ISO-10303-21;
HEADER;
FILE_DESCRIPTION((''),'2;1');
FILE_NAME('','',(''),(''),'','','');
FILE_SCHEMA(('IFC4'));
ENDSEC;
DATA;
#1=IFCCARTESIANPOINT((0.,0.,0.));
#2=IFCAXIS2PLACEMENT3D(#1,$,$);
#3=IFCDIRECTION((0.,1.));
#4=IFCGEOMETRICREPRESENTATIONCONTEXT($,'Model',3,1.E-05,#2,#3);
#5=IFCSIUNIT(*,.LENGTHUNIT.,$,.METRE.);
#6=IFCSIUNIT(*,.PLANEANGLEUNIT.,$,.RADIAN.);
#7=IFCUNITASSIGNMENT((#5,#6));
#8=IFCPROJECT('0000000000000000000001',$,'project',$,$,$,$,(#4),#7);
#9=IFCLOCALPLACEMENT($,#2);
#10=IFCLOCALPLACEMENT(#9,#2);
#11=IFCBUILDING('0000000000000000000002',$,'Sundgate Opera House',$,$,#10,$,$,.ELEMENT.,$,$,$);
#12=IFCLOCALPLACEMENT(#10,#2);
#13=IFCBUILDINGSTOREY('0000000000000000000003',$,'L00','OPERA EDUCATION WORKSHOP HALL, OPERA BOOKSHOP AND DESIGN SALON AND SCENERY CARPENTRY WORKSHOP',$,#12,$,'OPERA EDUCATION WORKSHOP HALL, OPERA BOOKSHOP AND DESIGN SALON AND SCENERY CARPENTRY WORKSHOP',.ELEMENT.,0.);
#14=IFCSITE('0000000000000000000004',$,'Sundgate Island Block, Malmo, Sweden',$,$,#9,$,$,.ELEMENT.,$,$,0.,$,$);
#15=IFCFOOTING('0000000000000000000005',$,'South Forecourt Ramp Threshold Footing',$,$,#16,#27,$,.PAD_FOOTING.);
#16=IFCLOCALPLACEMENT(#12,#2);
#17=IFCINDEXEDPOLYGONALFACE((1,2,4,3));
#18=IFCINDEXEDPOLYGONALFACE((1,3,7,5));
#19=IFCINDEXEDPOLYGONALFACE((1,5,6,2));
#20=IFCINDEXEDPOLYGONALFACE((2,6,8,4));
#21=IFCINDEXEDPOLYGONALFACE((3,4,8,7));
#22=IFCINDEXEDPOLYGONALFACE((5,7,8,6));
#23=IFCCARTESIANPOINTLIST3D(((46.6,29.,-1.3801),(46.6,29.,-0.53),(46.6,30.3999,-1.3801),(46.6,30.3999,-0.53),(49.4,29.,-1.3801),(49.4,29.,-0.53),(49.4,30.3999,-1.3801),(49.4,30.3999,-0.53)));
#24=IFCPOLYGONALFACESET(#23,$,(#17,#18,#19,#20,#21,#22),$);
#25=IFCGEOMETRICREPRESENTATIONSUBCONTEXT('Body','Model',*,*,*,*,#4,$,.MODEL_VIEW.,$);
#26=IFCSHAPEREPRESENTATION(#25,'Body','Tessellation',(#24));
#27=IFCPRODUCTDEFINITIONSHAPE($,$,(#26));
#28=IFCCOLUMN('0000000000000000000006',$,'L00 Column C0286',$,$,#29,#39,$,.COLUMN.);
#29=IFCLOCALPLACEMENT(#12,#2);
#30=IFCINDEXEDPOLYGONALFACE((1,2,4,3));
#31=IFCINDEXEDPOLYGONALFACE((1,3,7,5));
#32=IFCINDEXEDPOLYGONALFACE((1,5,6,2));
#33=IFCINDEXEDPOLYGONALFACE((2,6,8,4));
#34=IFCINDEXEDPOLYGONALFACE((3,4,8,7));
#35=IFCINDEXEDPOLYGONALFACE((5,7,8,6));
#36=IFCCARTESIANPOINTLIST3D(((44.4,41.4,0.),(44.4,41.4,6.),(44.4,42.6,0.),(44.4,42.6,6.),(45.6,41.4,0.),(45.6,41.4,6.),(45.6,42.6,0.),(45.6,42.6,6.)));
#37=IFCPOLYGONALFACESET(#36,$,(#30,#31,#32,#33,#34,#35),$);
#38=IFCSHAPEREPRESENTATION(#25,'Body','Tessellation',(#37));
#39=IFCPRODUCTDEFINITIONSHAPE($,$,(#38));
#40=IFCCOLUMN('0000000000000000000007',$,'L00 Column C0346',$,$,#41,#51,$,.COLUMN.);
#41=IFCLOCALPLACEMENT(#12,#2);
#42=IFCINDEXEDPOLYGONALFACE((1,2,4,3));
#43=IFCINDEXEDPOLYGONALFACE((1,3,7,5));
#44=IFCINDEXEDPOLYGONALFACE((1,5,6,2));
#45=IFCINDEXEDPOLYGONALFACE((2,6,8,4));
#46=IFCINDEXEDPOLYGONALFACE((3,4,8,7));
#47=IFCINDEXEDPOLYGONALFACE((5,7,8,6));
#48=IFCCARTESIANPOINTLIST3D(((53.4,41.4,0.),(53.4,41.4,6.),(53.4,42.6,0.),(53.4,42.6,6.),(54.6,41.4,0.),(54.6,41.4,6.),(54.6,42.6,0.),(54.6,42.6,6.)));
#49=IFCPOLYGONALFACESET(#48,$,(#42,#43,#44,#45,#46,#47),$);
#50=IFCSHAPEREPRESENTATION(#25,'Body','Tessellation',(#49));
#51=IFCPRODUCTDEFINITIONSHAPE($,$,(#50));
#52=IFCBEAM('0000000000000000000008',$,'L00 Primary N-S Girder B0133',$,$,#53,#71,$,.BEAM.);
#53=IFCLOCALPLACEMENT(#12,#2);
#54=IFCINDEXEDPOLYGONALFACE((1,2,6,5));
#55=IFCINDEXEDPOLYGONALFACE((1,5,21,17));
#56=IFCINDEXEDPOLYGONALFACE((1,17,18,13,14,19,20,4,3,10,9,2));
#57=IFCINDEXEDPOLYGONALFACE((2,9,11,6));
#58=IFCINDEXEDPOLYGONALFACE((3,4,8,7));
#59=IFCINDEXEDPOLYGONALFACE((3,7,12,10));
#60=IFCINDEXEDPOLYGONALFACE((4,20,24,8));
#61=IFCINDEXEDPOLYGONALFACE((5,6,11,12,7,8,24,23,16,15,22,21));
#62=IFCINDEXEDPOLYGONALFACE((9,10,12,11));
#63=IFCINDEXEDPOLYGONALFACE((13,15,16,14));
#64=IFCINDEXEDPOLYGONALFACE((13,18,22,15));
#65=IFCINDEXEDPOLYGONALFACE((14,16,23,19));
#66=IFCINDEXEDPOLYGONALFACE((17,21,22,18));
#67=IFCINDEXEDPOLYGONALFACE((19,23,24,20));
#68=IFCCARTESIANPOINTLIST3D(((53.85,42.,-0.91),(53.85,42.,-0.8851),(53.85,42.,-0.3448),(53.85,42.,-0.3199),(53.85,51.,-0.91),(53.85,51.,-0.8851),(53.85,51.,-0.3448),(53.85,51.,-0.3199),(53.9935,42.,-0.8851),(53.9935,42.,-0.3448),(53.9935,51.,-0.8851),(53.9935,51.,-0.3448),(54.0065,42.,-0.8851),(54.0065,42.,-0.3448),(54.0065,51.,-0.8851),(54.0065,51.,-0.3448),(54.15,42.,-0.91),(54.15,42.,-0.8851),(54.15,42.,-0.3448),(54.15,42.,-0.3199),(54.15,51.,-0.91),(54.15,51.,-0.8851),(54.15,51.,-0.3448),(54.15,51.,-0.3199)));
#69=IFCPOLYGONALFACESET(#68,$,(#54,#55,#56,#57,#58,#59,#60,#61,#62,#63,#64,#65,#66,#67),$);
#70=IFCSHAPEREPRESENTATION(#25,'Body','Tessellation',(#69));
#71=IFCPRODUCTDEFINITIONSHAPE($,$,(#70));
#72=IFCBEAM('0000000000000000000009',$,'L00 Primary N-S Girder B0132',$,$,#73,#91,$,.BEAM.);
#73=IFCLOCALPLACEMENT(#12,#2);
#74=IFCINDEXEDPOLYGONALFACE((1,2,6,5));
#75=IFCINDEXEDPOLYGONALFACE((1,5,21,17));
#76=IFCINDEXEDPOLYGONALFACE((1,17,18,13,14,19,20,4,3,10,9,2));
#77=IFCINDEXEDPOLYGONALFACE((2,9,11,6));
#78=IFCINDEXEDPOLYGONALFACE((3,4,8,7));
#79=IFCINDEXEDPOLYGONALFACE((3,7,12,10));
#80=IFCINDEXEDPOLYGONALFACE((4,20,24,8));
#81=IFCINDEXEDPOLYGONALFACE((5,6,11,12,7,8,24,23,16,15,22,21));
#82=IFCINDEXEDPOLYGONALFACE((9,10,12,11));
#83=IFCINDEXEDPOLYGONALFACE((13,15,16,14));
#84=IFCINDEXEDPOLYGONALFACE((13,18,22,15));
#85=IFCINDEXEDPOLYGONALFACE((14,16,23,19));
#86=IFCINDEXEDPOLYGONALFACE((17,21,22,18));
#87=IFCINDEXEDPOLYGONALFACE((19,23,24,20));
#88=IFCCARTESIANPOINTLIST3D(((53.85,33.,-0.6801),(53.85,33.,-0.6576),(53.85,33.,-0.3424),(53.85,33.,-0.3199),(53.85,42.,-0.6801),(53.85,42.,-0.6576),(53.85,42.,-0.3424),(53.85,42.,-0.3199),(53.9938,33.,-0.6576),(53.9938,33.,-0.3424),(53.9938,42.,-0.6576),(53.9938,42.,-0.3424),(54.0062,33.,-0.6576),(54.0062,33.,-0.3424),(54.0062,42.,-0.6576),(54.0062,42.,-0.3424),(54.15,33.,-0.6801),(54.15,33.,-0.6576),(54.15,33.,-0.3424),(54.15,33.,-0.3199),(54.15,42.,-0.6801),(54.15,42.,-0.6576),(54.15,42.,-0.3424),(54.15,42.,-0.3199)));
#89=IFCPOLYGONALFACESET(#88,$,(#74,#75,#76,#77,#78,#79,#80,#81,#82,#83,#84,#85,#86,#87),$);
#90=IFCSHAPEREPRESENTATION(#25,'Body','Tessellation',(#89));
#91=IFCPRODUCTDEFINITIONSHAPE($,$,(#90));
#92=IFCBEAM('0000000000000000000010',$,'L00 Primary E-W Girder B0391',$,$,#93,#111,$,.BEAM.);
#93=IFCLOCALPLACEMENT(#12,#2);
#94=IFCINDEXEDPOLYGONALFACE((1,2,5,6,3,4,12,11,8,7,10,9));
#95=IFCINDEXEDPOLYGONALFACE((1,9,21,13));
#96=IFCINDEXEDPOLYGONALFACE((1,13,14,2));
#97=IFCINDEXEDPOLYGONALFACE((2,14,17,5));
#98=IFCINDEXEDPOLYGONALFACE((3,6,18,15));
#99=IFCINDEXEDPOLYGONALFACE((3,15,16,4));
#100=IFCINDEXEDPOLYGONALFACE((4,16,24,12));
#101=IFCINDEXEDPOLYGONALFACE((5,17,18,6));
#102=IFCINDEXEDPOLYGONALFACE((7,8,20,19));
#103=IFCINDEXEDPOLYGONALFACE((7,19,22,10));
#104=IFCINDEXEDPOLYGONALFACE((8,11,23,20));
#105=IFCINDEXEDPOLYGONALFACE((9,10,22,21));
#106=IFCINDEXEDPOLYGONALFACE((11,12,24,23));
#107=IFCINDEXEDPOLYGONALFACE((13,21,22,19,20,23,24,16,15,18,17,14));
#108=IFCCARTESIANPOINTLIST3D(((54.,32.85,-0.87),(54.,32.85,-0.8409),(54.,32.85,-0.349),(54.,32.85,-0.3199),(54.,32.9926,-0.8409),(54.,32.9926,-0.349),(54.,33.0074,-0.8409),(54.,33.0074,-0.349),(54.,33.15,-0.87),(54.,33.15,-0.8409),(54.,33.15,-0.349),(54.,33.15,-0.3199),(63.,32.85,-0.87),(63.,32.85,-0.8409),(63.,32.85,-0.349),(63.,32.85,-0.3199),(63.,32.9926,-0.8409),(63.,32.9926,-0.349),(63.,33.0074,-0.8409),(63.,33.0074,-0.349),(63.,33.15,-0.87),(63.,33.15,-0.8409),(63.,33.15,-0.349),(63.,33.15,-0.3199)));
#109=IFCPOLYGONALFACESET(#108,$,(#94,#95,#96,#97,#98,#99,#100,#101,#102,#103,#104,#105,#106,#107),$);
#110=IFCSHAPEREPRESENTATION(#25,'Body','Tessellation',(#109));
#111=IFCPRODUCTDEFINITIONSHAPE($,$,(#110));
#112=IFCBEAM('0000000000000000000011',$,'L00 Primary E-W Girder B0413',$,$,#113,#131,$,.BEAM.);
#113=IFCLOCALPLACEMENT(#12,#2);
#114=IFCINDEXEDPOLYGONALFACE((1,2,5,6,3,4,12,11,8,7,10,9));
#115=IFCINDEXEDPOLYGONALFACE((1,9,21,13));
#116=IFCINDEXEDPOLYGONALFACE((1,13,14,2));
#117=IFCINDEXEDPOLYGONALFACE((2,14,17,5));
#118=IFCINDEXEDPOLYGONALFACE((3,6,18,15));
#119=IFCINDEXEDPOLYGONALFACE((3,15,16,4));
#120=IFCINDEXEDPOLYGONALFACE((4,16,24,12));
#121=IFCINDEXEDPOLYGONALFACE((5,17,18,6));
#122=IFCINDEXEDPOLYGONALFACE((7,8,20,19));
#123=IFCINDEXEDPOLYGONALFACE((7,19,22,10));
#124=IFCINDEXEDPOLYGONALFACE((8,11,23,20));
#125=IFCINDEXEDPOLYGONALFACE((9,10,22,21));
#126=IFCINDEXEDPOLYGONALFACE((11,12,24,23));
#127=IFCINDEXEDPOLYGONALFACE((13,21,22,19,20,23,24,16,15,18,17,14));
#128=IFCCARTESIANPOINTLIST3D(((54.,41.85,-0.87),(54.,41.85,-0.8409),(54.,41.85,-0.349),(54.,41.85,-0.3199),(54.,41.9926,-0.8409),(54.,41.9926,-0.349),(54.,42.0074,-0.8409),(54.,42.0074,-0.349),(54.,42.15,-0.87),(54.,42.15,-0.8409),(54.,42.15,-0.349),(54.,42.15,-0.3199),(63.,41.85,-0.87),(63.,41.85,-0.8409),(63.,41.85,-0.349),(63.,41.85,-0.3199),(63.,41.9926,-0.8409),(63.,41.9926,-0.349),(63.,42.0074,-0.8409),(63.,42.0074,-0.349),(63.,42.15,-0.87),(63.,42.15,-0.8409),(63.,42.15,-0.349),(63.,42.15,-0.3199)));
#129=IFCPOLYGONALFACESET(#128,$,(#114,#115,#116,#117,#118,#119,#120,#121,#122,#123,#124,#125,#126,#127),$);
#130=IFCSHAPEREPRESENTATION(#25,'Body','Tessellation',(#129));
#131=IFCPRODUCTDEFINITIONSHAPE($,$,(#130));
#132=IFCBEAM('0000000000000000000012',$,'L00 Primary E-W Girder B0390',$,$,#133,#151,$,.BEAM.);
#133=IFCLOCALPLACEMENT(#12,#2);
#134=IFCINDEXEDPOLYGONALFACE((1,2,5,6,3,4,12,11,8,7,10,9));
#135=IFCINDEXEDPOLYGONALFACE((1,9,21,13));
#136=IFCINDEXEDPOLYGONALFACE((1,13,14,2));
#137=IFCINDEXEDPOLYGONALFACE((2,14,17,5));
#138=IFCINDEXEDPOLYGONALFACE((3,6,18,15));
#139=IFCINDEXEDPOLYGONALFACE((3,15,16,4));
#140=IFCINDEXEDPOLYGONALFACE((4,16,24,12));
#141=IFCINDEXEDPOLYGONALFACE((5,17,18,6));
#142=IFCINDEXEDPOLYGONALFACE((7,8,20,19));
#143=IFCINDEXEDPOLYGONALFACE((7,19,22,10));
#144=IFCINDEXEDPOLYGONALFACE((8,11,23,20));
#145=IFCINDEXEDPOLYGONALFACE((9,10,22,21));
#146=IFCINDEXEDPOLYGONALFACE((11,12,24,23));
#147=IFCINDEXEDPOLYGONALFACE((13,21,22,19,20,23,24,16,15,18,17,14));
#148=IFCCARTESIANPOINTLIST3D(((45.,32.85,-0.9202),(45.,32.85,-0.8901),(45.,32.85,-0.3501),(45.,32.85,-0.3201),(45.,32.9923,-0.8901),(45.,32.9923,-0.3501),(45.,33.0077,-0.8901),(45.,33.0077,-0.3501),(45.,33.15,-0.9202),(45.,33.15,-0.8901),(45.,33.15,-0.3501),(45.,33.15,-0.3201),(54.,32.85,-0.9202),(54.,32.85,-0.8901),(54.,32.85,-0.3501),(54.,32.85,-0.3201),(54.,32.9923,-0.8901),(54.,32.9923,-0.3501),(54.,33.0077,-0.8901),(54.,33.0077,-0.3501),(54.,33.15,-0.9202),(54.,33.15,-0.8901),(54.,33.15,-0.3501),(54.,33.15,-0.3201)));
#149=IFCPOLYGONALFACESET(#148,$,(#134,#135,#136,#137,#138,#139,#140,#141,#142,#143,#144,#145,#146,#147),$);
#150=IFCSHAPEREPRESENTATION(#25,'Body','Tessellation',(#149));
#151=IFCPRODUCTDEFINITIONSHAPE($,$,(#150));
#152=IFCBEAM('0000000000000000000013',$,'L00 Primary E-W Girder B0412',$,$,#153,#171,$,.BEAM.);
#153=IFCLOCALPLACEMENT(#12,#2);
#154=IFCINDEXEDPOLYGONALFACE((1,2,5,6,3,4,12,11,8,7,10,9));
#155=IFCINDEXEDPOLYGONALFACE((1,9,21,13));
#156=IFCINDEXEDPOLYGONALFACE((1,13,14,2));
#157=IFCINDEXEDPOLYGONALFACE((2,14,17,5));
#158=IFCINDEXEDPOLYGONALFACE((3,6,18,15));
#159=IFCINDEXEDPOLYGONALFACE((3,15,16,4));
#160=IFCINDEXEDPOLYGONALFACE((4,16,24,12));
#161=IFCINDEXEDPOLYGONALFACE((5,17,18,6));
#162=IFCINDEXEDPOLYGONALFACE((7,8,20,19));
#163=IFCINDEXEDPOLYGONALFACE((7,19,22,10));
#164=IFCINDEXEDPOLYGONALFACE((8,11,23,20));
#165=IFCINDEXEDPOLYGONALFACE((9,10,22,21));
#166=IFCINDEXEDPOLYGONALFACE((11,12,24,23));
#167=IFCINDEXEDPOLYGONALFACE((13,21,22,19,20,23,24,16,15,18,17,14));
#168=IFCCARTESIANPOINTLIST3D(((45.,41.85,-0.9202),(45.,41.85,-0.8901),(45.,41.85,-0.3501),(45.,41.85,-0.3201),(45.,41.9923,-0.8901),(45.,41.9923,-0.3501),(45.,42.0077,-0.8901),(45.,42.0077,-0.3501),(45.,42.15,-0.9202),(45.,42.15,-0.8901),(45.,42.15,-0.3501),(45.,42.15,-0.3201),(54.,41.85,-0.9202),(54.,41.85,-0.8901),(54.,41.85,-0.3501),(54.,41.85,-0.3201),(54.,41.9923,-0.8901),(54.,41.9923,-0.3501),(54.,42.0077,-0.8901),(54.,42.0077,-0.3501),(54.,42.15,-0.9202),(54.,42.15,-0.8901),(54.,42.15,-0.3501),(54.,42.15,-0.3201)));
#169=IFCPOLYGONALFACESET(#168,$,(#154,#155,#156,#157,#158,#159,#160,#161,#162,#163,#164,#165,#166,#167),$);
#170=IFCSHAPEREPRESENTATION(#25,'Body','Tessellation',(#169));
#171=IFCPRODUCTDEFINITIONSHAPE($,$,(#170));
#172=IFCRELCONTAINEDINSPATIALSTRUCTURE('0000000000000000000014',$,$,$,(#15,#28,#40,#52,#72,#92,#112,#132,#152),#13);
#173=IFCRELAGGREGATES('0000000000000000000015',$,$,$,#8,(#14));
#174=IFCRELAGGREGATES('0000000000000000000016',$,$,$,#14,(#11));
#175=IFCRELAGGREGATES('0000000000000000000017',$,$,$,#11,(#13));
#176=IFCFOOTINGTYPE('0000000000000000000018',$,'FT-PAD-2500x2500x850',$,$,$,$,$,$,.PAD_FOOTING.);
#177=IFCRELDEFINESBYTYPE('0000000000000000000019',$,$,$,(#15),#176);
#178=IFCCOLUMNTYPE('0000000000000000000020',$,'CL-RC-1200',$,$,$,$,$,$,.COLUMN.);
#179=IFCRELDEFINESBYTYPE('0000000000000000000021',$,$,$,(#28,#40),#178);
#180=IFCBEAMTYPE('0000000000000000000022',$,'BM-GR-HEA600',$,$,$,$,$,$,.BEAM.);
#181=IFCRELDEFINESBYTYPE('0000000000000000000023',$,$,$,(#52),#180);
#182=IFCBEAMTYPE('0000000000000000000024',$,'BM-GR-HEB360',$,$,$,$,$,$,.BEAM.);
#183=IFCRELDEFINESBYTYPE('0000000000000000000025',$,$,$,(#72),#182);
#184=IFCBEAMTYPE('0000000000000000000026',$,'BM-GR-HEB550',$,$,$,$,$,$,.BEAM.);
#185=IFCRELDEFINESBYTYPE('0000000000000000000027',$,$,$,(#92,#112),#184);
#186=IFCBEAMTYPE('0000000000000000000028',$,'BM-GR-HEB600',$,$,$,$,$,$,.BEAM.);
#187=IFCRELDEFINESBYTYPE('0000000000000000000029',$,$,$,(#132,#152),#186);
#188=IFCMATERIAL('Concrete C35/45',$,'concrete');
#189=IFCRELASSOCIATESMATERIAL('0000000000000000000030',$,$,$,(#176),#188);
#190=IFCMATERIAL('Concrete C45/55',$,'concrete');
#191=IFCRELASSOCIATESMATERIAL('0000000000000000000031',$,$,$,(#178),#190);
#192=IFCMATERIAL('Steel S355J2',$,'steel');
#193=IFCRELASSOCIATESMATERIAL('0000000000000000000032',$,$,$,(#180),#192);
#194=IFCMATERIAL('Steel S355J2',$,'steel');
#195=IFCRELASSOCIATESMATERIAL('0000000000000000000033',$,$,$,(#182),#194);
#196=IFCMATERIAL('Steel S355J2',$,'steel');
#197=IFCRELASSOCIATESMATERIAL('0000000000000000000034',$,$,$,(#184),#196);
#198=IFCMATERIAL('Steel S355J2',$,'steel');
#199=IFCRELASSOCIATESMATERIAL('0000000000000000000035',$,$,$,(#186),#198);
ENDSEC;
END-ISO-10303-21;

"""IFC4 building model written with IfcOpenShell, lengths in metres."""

from ifc_helpers import new_model, si_unit, direction, frame, origin, origin_2d, place, context, subcontext, project, spatial, rectangle, i_section, extrude, material, material_profile, profile_set, type_object, element, save


model = new_model("IFC4")

# Units and contexts
model_context = context("Model", 3, precision=1e-05, world=origin(), true_north=direction((0.0, 1.0)))
body_context = subcontext(model_context, "Body", "Model", "MODEL_VIEW")
ifc_project = project(units=[si_unit("LENGTHUNIT", "METRE"), si_unit("PLANEANGLEUNIT", "RADIAN")], contexts=[model_context])

# Site, building, storey
site_placement = place(None, origin())
site = spatial("IfcSite", under=ifc_project, at=site_placement, Name="Sundgate Island Block, Malmo, Sweden", CompositionType="ELEMENT", RefElevation=0.0)
building_placement = place(site_placement, origin())
building = spatial("IfcBuilding", under=site, at=building_placement, Name="Sundgate Opera House", CompositionType="ELEMENT")
storey_placement = place(building_placement, origin())
storey = spatial("IfcBuildingStorey", under=building, at=storey_placement, Name="L00", Description="OPERA EDUCATION WORKSHOP HALL, OPERA BOOKSHOP AND DESIGN SALON AND SCENERY CARPENTRY WORKSHOP", LongName="OPERA EDUCATION WORKSHOP HALL, OPERA BOOKSHOP AND DESIGN SALON AND SCENERY CARPENTRY WORKSHOP", CompositionType="ELEMENT", Elevation=0.0)

# Footing
ifc_material_1 = material(Name="Concrete C35/45", Category="concrete")
footing_type = type_object("IfcFootingType", Name="FT-PAD-2500x2500x850", PredefinedType="PAD_FOOTING", material=ifc_material_1)
footing_placement = place(storey_placement, frame((48.0, 29.7, -1.3801), z_axis=(0.0, 0.0, 1.0), x_axis=(1.0, 0.0, 0.0)))
element("IfcFooting", 1, at=footing_placement, inside=storey, type_object=footing_type, Name="South Forecourt Ramp Threshold Footing", PredefinedType="PAD_FOOTING", context=body_context, shape_type="SweptSolid", body=[
    extrude(rectangle(XDim=2.8, YDim=1.3999, at=origin_2d()), origin(), (0.0, 0.0, 1.0), 0.8501),
])

# Columns
ifc_material_2 = material(Name="Concrete C45/55", Category="concrete")
ifc_material_profile_1 = material_profile(ifc_material_2, rectangle(XDim=1.2, YDim=1.2, at=origin_2d()), Name="RC 1200x1200")
ifc_profile_set_1 = profile_set([ifc_material_profile_1], Name="Concrete C45/55")
column_type = type_object("IfcColumnType", Name="CL-RC-1200", PredefinedType="COLUMN", material=ifc_profile_set_1)
for number, where, z_axis, x_axis, name in (
    (2, (45.0, 42.0, 0.0), (0.0, 0.0, 1.0), (1.0, 0.0, 0.0), "L00 Column C0286"),
    (3, (54.0, 42.0, 0.0), (0.0, 0.0, 1.0), (1.0, 0.0, 0.0), "L00 Column C0346"),
):
    element("IfcColumn", number, at=place(storey_placement, frame(where, z_axis=z_axis, x_axis=x_axis)), inside=storey, type_object=column_type, Name=name, PredefinedType="COLUMN", context=body_context, shape_type="SweptSolid", body=[
        extrude(rectangle(XDim=1.2, YDim=1.2, at=origin_2d()), origin(), (0.0, 0.0, 1.0), 6.0),
    ])

# Beams
ifc_material_3 = material(Name="Steel S355J2", Category="steel")
ifc_material_profile_2 = material_profile(ifc_material_3, i_section(OverallWidth=0.3, OverallDepth=0.5901, WebThickness=0.0129, FlangeThickness=0.0249, at=origin_2d()), Name="HEA 600")
ifc_profile_set_2 = profile_set([ifc_material_profile_2], Name="Steel S355J2")
beam_type_1 = type_object("IfcBeamType", Name="BM-GR-HEA600", PredefinedType="BEAM", material=ifc_profile_set_2)
beam_1_placement = place(storey_placement, frame((54.0, 42.0, -0.615), z_axis=(0.0, 1.0, 0.0), x_axis=(-1.0, 0.0, 0.0)))
element("IfcBeam", 4, at=beam_1_placement, inside=storey, type_object=beam_type_1, Name="L00 Primary N-S Girder B0133", PredefinedType="BEAM", context=body_context, shape_type="SweptSolid", body=[
    extrude(i_section(OverallWidth=0.3, OverallDepth=0.5901, WebThickness=0.0129, FlangeThickness=0.0249, at=origin_2d()), origin(), (0.0, 0.0, 1.0), 9.0),
])
ifc_material_4 = material(Name="Steel S355J2", Category="steel")
ifc_material_profile_3 = material_profile(ifc_material_4, i_section(OverallWidth=0.3, OverallDepth=0.3601, WebThickness=0.0125, FlangeThickness=0.0225, at=origin_2d()), Name="HEB 360")
ifc_profile_set_3 = profile_set([ifc_material_profile_3], Name="Steel S355J2")
beam_type_2 = type_object("IfcBeamType", Name="BM-GR-HEB360", PredefinedType="BEAM", material=ifc_profile_set_3)
beam_2_placement = place(storey_placement, frame((54.0, 33.0, -0.5), z_axis=(0.0, 1.0, 0.0), x_axis=(-1.0, 0.0, 0.0)))
element("IfcBeam", 5, at=beam_2_placement, inside=storey, type_object=beam_type_2, Name="L00 Primary N-S Girder B0132", PredefinedType="BEAM", context=body_context, shape_type="SweptSolid", body=[
    extrude(i_section(OverallWidth=0.3, OverallDepth=0.3601, WebThickness=0.0125, FlangeThickness=0.0225, at=origin_2d()), origin(), (0.0, 0.0, 1.0), 9.0),
])
ifc_material_5 = material(Name="Steel S355J2", Category="steel")
ifc_material_profile_4 = material_profile(ifc_material_5, i_section(OverallWidth=0.3, OverallDepth=0.55, WebThickness=0.0149, FlangeThickness=0.0291, at=origin_2d()), Name="HEB 550")
ifc_profile_set_4 = profile_set([ifc_material_profile_4], Name="Steel S355J2")
beam_type_3 = type_object("IfcBeamType", Name="BM-GR-HEB550", PredefinedType="BEAM", material=ifc_profile_set_4)
for number, where, z_axis, x_axis, name in (
    (6, (54.0, 33.0, -0.595), (1.0, 0.0, 0.0), (0.0, 1.0, 0.0), "L00 Primary E-W Girder B0391"),
    (7, (54.0, 42.0, -0.595), (1.0, 0.0, 0.0), (0.0, 1.0, 0.0), "L00 Primary E-W Girder B0413"),
):
    element("IfcBeam", number, at=place(storey_placement, frame(where, z_axis=z_axis, x_axis=x_axis)), inside=storey, type_object=beam_type_3, Name=name, PredefinedType="BEAM", context=body_context, shape_type="SweptSolid", body=[
        extrude(i_section(OverallWidth=0.3, OverallDepth=0.55, WebThickness=0.0149, FlangeThickness=0.0291, at=origin_2d()), origin(), (0.0, 0.0, 1.0), 9.0),
    ])
ifc_material_6 = material(Name="Steel S355J2", Category="steel")
ifc_material_profile_5 = material_profile(ifc_material_6, i_section(OverallWidth=0.3, OverallDepth=0.6001, WebThickness=0.0154, FlangeThickness=0.03, at=origin_2d()), Name="HEB 600")
ifc_profile_set_5 = profile_set([ifc_material_profile_5], Name="Steel S355J2")
beam_type_4 = type_object("IfcBeamType", Name="BM-GR-HEB600", PredefinedType="BEAM", material=ifc_profile_set_5)
for number, where, z_axis, x_axis, name in (
    (8, (45.0, 33.0, -0.6201), (1.0, 0.0, 0.0), (0.0, 1.0, 0.0), "L00 Primary E-W Girder B0390"),
    (9, (45.0, 42.0, -0.6201), (1.0, 0.0, 0.0), (0.0, 1.0, 0.0), "L00 Primary E-W Girder B0412"),
):
    element("IfcBeam", number, at=place(storey_placement, frame(where, z_axis=z_axis, x_axis=x_axis)), inside=storey, type_object=beam_type_4, Name=name, PredefinedType="BEAM", context=body_context, shape_type="SweptSolid", body=[
        extrude(i_section(OverallWidth=0.3, OverallDepth=0.6001, WebThickness=0.0154, FlangeThickness=0.03, at=origin_2d()), origin(), (0.0, 0.0, 1.0), 9.0),
    ])

save(model, "model.ifc")
